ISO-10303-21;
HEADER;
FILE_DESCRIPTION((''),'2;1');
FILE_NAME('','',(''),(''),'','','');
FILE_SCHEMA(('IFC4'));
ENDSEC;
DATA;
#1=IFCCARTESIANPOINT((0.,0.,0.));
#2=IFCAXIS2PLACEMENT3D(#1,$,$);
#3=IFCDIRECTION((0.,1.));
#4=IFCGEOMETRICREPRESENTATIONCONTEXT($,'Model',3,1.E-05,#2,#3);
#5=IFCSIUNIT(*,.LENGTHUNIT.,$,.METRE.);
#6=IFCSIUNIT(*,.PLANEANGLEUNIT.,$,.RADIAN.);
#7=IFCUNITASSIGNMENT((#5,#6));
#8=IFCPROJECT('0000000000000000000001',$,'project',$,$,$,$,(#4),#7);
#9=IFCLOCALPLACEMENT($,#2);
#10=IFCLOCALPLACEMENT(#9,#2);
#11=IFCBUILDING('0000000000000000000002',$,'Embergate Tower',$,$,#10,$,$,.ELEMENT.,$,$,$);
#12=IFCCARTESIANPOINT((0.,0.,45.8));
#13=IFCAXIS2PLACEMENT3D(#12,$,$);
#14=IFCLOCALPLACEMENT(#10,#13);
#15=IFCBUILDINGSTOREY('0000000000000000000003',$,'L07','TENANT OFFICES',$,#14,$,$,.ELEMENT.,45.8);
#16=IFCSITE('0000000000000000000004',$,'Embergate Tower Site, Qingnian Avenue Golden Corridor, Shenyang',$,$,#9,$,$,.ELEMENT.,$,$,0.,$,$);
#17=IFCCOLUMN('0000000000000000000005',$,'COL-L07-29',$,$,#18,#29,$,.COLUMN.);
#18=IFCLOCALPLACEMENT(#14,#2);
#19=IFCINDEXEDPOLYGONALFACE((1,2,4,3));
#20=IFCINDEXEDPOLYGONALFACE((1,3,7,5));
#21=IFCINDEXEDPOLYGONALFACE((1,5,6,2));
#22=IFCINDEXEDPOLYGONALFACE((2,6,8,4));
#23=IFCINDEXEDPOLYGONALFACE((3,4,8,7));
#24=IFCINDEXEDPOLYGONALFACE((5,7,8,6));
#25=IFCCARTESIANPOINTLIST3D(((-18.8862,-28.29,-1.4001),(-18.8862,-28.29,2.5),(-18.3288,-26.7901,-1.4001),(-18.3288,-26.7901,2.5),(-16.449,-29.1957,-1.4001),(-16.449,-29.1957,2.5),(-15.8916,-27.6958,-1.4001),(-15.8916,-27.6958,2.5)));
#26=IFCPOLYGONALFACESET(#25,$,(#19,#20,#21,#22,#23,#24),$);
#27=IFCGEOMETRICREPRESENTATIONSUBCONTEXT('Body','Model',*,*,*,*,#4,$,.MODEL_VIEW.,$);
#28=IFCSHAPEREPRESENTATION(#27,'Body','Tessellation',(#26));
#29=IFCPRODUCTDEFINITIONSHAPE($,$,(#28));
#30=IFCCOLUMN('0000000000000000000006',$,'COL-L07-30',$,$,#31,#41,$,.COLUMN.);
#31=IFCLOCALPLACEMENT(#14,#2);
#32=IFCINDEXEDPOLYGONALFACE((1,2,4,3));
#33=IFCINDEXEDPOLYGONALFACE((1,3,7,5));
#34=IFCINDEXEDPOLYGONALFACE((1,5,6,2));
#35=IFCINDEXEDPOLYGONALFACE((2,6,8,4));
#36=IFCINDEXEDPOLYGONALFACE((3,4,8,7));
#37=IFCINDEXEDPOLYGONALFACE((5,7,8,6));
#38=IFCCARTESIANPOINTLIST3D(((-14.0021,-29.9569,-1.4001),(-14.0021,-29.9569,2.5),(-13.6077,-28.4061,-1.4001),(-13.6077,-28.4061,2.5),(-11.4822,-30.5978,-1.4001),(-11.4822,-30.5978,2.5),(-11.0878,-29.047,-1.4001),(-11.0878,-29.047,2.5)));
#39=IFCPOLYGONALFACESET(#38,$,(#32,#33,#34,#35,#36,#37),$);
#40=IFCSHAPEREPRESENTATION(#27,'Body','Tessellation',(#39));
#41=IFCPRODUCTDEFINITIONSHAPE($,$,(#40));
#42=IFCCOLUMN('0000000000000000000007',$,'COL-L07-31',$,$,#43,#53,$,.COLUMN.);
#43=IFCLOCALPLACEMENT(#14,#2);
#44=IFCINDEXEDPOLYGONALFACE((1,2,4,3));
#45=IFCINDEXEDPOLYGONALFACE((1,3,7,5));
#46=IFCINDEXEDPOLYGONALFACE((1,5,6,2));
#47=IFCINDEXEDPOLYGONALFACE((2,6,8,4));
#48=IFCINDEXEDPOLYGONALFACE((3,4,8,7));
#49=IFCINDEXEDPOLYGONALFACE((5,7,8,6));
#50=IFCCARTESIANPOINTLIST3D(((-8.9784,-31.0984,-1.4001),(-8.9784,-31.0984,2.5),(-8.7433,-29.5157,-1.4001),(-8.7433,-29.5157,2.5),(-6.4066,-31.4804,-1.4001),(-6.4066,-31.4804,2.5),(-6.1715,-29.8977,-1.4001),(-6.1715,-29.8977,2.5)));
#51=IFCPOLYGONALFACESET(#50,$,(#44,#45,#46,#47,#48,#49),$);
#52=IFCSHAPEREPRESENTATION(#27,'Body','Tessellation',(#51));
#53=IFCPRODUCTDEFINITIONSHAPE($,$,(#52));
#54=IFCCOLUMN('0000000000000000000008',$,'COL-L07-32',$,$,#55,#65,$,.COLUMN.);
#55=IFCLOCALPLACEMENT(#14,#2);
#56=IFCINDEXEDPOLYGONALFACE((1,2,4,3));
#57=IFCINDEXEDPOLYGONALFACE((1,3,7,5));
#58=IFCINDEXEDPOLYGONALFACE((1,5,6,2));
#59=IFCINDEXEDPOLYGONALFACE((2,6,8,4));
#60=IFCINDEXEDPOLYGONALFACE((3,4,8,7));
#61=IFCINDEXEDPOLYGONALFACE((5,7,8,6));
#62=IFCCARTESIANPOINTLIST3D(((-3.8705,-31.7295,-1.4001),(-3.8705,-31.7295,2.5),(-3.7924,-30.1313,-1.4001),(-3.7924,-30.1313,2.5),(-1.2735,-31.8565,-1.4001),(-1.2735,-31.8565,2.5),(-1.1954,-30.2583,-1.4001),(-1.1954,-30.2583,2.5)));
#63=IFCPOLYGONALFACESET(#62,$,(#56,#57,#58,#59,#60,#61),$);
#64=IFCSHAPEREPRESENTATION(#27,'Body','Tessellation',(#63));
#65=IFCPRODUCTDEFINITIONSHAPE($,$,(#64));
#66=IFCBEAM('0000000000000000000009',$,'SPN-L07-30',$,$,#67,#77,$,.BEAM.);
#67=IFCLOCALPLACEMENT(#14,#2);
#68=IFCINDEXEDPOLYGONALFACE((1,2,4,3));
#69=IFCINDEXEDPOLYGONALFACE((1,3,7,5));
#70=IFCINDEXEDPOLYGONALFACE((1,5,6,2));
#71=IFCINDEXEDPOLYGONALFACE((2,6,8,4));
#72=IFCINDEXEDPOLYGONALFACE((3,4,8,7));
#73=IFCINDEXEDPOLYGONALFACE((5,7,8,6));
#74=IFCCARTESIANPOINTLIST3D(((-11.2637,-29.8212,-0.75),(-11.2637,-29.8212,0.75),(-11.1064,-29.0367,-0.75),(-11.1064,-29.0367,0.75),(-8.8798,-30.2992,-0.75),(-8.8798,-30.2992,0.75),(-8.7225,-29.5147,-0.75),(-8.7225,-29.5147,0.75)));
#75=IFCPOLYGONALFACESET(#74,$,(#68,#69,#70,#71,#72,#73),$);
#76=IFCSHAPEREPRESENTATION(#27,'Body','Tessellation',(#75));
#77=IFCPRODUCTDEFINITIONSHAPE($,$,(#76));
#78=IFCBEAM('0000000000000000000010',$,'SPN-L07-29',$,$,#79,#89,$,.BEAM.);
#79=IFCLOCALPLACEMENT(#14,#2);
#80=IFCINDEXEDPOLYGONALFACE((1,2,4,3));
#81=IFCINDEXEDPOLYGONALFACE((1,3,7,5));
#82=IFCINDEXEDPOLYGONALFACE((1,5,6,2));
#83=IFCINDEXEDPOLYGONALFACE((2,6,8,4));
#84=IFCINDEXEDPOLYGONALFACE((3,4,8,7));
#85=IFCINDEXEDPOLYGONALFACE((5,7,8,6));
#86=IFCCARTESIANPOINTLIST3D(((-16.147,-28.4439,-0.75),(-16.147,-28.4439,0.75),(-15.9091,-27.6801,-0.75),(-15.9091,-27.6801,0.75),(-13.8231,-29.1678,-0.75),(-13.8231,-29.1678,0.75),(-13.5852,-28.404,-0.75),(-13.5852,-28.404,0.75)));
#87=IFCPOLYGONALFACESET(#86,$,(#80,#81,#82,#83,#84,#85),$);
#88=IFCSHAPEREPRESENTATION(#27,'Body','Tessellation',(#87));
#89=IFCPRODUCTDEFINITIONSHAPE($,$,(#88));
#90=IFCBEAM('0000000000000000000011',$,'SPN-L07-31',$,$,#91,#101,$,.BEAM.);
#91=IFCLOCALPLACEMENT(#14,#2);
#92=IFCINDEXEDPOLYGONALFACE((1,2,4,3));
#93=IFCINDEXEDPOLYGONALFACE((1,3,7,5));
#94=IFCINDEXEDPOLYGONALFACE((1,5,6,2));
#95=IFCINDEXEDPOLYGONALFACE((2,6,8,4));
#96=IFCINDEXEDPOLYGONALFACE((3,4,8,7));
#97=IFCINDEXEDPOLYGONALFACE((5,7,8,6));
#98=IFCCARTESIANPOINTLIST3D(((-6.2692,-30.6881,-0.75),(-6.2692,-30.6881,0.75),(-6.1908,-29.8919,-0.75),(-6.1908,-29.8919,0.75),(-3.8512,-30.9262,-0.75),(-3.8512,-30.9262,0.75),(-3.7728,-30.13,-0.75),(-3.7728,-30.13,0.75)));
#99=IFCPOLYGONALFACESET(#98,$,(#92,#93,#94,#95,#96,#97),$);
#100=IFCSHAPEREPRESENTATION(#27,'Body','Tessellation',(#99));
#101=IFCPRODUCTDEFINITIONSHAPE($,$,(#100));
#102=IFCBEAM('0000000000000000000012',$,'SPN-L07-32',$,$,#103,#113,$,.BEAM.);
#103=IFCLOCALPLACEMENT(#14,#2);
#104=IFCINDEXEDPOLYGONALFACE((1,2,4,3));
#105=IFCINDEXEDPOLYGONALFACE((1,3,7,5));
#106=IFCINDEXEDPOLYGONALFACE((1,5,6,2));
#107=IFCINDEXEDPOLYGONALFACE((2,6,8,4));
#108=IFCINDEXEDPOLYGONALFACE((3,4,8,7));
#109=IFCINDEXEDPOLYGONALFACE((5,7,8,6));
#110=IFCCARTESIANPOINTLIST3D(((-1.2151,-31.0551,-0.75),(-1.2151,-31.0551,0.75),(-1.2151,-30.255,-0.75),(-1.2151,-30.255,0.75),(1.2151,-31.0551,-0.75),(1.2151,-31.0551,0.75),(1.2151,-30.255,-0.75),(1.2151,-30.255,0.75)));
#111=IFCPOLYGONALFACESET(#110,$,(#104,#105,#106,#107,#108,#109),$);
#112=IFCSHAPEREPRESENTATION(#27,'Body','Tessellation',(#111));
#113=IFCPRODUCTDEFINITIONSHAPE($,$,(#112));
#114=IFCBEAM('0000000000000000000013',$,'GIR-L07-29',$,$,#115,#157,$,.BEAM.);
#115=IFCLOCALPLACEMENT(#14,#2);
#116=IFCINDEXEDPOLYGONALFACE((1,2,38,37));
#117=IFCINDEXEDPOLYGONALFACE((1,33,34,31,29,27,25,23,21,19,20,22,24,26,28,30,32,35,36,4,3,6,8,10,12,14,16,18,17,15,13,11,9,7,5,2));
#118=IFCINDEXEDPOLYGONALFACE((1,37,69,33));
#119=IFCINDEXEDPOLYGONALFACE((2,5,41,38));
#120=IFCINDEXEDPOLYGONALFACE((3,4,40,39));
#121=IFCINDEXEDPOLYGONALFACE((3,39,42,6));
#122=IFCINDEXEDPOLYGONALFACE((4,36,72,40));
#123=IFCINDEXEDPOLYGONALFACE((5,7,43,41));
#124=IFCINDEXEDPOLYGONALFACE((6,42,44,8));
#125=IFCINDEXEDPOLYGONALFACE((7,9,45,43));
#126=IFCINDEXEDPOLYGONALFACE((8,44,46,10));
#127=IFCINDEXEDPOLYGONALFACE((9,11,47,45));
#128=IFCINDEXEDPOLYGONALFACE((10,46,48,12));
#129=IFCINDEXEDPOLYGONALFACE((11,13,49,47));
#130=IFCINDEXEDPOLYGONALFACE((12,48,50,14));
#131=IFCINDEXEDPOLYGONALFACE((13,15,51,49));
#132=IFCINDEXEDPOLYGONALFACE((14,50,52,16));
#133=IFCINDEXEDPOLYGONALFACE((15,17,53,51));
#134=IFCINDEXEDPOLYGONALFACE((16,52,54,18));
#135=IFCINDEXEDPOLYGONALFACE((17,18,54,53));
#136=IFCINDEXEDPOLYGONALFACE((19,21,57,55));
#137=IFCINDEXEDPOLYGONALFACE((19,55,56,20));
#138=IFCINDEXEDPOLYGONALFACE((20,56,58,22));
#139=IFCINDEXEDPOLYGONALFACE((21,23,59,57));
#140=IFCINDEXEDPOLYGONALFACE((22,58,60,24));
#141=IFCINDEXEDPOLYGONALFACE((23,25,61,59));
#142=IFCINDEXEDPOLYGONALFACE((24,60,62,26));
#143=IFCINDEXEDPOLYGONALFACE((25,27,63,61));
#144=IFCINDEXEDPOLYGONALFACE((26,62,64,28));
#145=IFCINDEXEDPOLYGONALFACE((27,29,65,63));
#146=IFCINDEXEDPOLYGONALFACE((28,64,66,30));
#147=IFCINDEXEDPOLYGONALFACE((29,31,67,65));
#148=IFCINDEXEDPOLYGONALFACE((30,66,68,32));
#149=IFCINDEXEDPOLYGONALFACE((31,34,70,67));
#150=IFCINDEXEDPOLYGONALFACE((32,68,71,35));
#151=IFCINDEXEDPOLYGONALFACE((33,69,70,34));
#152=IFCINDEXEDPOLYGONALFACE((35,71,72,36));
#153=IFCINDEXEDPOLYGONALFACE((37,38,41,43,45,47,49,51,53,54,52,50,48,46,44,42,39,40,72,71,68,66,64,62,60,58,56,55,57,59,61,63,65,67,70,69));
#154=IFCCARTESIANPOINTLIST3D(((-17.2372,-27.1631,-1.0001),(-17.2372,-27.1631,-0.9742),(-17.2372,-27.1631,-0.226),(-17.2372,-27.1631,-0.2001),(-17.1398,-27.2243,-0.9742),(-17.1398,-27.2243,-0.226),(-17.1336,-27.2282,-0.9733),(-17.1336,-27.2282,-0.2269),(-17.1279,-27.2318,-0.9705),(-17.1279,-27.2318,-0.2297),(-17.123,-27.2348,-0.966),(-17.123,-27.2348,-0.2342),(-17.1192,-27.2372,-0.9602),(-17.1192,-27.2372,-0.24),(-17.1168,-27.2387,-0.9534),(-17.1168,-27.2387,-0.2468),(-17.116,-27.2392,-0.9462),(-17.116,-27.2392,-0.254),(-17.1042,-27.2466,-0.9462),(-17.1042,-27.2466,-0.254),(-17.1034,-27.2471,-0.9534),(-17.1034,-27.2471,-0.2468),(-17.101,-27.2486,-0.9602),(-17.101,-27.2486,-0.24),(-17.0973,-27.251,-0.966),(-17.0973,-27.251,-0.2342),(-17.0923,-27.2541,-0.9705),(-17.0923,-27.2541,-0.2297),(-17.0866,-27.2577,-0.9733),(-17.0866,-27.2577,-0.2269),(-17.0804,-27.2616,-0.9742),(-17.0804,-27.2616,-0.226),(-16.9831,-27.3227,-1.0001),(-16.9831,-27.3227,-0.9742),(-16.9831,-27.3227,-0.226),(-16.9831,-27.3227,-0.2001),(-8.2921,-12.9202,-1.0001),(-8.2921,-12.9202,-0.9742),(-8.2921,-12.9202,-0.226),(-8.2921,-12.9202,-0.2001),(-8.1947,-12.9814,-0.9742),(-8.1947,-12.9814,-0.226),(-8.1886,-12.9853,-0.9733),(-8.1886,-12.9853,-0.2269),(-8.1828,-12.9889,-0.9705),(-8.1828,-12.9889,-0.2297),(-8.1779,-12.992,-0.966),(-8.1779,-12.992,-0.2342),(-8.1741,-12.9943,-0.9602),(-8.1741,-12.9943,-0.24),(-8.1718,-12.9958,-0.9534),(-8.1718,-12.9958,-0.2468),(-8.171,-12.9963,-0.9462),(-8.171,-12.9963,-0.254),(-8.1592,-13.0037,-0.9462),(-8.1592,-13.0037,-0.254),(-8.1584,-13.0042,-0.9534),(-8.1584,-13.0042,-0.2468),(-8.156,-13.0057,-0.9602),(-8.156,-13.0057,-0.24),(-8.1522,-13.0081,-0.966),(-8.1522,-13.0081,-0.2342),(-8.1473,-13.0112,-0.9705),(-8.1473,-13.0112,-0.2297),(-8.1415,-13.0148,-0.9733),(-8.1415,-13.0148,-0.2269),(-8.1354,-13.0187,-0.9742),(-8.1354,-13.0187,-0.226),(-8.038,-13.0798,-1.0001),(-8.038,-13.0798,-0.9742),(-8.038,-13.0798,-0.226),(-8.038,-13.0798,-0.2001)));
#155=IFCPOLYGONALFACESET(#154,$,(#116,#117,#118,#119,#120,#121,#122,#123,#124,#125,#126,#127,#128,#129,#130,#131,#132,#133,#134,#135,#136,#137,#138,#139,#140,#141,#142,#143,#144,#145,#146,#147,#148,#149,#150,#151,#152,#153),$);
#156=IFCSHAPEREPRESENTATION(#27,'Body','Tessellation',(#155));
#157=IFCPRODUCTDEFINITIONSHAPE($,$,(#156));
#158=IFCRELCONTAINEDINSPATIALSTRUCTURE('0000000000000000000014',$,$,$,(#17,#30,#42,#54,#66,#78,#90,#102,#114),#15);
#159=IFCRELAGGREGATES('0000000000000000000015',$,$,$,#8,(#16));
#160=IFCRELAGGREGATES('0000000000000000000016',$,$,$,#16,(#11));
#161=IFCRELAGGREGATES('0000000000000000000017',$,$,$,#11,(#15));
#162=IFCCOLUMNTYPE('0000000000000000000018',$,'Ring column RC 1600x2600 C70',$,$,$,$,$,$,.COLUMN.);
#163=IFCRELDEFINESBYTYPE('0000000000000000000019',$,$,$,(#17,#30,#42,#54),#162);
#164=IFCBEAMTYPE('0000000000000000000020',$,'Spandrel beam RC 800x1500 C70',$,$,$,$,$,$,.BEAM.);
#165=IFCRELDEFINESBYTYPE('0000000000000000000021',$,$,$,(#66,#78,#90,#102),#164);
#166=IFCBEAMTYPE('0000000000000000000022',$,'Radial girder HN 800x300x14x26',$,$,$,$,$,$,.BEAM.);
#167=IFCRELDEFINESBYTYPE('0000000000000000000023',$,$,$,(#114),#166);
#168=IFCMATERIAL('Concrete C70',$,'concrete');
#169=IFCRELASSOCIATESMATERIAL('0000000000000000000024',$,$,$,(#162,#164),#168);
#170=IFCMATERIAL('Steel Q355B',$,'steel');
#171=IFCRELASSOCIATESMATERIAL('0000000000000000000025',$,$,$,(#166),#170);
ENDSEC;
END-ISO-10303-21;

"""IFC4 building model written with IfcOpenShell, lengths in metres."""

from ifc_helpers import new_model, si_unit, direction, frame, origin, origin_2d, place, context, subcontext, project, spatial, rectangle, i_section, extrude, source, transform, mapped, material, material_profile, profile_set, type_object, element, save


model = new_model("IFC4")

# Units and contexts
model_context = context("Model", 3, precision=1e-05, world=origin(), true_north=direction((0.0, 1.0)))
body_context = subcontext(model_context, "Body", "Model", "MODEL_VIEW")
ifc_project = project(units=[si_unit("LENGTHUNIT", "METRE"), si_unit("PLANEANGLEUNIT", "RADIAN")], contexts=[model_context])

# Site, building, storey
site_placement = place(None, origin())
site = spatial("IfcSite", under=ifc_project, at=site_placement, Name="Embergate Tower Site, Qingnian Avenue Golden Corridor, Shenyang", CompositionType="ELEMENT", RefElevation=0.0)
building_placement = place(site_placement, origin())
building = spatial("IfcBuilding", under=site, at=building_placement, Name="Embergate Tower", CompositionType="ELEMENT")
storey_placement = place(building_placement, frame((0.0, 0.0, 45.8)))
storey = spatial("IfcBuildingStorey", under=building, at=storey_placement, Name="L07", Description="TENANT OFFICES", CompositionType="ELEMENT", Elevation=45.8)

# Columns
ifc_material_1 = material(Name="Concrete C70", Category="concrete")
ifc_material_profile_1 = material_profile(ifc_material_1, rectangle(XDim=1.6001, YDim=2.6001, at=origin_2d()), Name="RC 1600x2600")
ifc_profile_set_1 = profile_set([ifc_material_profile_1], Name="Concrete C70")
column_type = type_object("IfcColumnType", Name="Ring column RC 1600x2600 C70", PredefinedType="COLUMN", material=ifc_profile_set_1)
shared_shape_1 = source(origin(), body_context, "Body", "SweptSolid", [
    extrude(rectangle(XDim=1.6001, YDim=2.6001, at=origin_2d()), origin(), (0.0, 0.0, 1.0), 3.9001),
])
for number, where, z_axis, x_axis, name in (
    (1, (-17.3889, -27.9929, -1.4001), (0.0, 0.0, 1.0), (-0.348343, -0.937367, 0.0), "COL-L07-29"),
    (2, (-12.5449, -29.502, -1.4001), (0.0, 0.0, 1.0), (-0.246492, -0.969145, 0.0), "COL-L07-30"),
    (3, (-7.575, -30.498, -1.4001), (0.0, 0.0, 1.0), (-0.146929, -0.989147, 0.0), "COL-L07-31"),
    (4, (-2.533, -30.9939, -1.4001), (0.0, 0.0, 1.0), (-0.048815, -0.998808, 0.0), "COL-L07-32"),
):
    element("IfcColumn", number, at=place(storey_placement, frame(where, z_axis=z_axis, x_axis=x_axis)), inside=storey, type_object=column_type, Name=name, PredefinedType="COLUMN", context=body_context, shape_type="MappedRepresentation", body=[
        mapped(shared_shape_1, transform((0.0, 0.0, 0.0))),
    ])

# Beams
ifc_material_profile_2 = material_profile(ifc_material_1, rectangle(XDim=0.8, YDim=1.5, at=origin_2d()), Name="RC 800x1500")
ifc_profile_set_2 = profile_set([ifc_material_profile_2], Name="Concrete C70")
beam_type_1 = type_object("IfcBeamType", Name="Spandrel beam RC 800x1500 C70", PredefinedType="BEAM", material=ifc_profile_set_2)
shared_shape_2 = source(origin(), body_context, "Body", "SweptSolid", [
    extrude(rectangle(XDim=0.8, YDim=1.5, at=origin_2d()), origin(), (0.0, 0.0, 1.0), 2.4314),
])
beam_1_placement = place(storey_placement, frame((-11.1851, -29.429, 0.0), z_axis=(0.980484, -0.196599, 0.0), x_axis=(0.196599, 0.980484, 0.0)))
element("IfcBeam", 5, at=beam_1_placement, inside=storey, type_object=beam_type_1, Name="SPN-L07-30", PredefinedType="BEAM", context=body_context, shape_type="MappedRepresentation", body=[
    mapped(shared_shape_2, transform((0.0, 0.0, 0.0))),
])
shared_shape_3 = source(origin(), body_context, "Body", "SweptSolid", [
    extrude(rectangle(XDim=0.8, YDim=1.5, at=origin_2d()), origin(), (0.0, 0.0, 1.0), 2.4341),
])
beam_2_placement = place(storey_placement, frame((-16.0281, -28.062, 0.0), z_axis=(0.954756, -0.29739, 0.0), x_axis=(0.29739, 0.954756, 0.0)))
element("IfcBeam", 6, at=beam_2_placement, inside=storey, type_object=beam_type_1, Name="SPN-L07-29", PredefinedType="BEAM", context=body_context, shape_type="MappedRepresentation", body=[
    mapped(shared_shape_3, transform((0.0, 0.0, 0.0))),
])
shared_shape_4 = source(origin(), body_context, "Body", "SweptSolid", [
    extrude(rectangle(XDim=0.8, YDim=1.5, at=origin_2d()), origin(), (0.0, 0.0, 1.0), 2.4297),
])
beam_3_placement = place(storey_placement, frame((-6.23, -30.29, 0.0), z_axis=(0.995189, -0.097971, 0.0), x_axis=(0.097971, 0.995189, 0.0)))
element("IfcBeam", 7, at=beam_3_placement, inside=storey, type_object=beam_type_1, Name="SPN-L07-31", PredefinedType="BEAM", context=body_context, shape_type="MappedRepresentation", body=[
    mapped(shared_shape_4, transform((0.0, 0.0, 0.0))),
])
shared_shape_5 = source(origin(), body_context, "Body", "SweptSolid", [
    extrude(rectangle(XDim=0.8, YDim=1.5, at=origin_2d()), origin(), (0.0, 0.0, 1.0), 2.4302),
])
beam_4_placement = place(storey_placement, frame((-1.2151, -30.655, 0.0), z_axis=(1.0, 0.0, 0.0), x_axis=(0.0, 1.0, 0.0)))
element("IfcBeam", 8, at=beam_4_placement, inside=storey, type_object=beam_type_1, Name="SPN-L07-32", PredefinedType="BEAM", context=body_context, shape_type="MappedRepresentation", body=[
    mapped(shared_shape_5, transform((0.0, 0.0, 0.0))),
])
ifc_material_2 = material(Name="Steel Q355B", Category="steel")
ifc_material_profile_3 = material_profile(ifc_material_2, i_section(OverallWidth=0.3, OverallDepth=0.8, WebThickness=0.0139, FlangeThickness=0.0259, FilletRadius=0.0281, at=origin_2d()), Name="HN 800x300x14x26")
ifc_profile_set_3 = profile_set([ifc_material_profile_3], Name="Steel Q355 grade B")
beam_type_2 = type_object("IfcBeamType", Name="Radial girder HN 800x300x14x26", PredefinedType="BEAM", material=ifc_profile_set_3)
shared_shape_6 = source(origin(), body_context, "Body", "SweptSolid", [
    extrude(i_section(OverallWidth=0.3, OverallDepth=0.8, WebThickness=0.0139, FlangeThickness=0.0259, FilletRadius=0.0281, at=origin_2d()), origin(), (0.0, 0.0, 1.0), 16.8188),
])
beam_5_placement = place(storey_placement, frame((-17.1101, -27.2429, -0.6001), z_axis=(0.531847, 0.846841, 0.0), x_axis=(-0.846841, 0.531847, 0.0)))
element("IfcBeam", 9, at=beam_5_placement, inside=storey, type_object=beam_type_2, Name="GIR-L07-29", PredefinedType="BEAM", context=body_context, shape_type="MappedRepresentation", body=[
    mapped(shared_shape_6, transform((0.0, 0.0, 0.0))),
])

save(model, "model.ifc")
